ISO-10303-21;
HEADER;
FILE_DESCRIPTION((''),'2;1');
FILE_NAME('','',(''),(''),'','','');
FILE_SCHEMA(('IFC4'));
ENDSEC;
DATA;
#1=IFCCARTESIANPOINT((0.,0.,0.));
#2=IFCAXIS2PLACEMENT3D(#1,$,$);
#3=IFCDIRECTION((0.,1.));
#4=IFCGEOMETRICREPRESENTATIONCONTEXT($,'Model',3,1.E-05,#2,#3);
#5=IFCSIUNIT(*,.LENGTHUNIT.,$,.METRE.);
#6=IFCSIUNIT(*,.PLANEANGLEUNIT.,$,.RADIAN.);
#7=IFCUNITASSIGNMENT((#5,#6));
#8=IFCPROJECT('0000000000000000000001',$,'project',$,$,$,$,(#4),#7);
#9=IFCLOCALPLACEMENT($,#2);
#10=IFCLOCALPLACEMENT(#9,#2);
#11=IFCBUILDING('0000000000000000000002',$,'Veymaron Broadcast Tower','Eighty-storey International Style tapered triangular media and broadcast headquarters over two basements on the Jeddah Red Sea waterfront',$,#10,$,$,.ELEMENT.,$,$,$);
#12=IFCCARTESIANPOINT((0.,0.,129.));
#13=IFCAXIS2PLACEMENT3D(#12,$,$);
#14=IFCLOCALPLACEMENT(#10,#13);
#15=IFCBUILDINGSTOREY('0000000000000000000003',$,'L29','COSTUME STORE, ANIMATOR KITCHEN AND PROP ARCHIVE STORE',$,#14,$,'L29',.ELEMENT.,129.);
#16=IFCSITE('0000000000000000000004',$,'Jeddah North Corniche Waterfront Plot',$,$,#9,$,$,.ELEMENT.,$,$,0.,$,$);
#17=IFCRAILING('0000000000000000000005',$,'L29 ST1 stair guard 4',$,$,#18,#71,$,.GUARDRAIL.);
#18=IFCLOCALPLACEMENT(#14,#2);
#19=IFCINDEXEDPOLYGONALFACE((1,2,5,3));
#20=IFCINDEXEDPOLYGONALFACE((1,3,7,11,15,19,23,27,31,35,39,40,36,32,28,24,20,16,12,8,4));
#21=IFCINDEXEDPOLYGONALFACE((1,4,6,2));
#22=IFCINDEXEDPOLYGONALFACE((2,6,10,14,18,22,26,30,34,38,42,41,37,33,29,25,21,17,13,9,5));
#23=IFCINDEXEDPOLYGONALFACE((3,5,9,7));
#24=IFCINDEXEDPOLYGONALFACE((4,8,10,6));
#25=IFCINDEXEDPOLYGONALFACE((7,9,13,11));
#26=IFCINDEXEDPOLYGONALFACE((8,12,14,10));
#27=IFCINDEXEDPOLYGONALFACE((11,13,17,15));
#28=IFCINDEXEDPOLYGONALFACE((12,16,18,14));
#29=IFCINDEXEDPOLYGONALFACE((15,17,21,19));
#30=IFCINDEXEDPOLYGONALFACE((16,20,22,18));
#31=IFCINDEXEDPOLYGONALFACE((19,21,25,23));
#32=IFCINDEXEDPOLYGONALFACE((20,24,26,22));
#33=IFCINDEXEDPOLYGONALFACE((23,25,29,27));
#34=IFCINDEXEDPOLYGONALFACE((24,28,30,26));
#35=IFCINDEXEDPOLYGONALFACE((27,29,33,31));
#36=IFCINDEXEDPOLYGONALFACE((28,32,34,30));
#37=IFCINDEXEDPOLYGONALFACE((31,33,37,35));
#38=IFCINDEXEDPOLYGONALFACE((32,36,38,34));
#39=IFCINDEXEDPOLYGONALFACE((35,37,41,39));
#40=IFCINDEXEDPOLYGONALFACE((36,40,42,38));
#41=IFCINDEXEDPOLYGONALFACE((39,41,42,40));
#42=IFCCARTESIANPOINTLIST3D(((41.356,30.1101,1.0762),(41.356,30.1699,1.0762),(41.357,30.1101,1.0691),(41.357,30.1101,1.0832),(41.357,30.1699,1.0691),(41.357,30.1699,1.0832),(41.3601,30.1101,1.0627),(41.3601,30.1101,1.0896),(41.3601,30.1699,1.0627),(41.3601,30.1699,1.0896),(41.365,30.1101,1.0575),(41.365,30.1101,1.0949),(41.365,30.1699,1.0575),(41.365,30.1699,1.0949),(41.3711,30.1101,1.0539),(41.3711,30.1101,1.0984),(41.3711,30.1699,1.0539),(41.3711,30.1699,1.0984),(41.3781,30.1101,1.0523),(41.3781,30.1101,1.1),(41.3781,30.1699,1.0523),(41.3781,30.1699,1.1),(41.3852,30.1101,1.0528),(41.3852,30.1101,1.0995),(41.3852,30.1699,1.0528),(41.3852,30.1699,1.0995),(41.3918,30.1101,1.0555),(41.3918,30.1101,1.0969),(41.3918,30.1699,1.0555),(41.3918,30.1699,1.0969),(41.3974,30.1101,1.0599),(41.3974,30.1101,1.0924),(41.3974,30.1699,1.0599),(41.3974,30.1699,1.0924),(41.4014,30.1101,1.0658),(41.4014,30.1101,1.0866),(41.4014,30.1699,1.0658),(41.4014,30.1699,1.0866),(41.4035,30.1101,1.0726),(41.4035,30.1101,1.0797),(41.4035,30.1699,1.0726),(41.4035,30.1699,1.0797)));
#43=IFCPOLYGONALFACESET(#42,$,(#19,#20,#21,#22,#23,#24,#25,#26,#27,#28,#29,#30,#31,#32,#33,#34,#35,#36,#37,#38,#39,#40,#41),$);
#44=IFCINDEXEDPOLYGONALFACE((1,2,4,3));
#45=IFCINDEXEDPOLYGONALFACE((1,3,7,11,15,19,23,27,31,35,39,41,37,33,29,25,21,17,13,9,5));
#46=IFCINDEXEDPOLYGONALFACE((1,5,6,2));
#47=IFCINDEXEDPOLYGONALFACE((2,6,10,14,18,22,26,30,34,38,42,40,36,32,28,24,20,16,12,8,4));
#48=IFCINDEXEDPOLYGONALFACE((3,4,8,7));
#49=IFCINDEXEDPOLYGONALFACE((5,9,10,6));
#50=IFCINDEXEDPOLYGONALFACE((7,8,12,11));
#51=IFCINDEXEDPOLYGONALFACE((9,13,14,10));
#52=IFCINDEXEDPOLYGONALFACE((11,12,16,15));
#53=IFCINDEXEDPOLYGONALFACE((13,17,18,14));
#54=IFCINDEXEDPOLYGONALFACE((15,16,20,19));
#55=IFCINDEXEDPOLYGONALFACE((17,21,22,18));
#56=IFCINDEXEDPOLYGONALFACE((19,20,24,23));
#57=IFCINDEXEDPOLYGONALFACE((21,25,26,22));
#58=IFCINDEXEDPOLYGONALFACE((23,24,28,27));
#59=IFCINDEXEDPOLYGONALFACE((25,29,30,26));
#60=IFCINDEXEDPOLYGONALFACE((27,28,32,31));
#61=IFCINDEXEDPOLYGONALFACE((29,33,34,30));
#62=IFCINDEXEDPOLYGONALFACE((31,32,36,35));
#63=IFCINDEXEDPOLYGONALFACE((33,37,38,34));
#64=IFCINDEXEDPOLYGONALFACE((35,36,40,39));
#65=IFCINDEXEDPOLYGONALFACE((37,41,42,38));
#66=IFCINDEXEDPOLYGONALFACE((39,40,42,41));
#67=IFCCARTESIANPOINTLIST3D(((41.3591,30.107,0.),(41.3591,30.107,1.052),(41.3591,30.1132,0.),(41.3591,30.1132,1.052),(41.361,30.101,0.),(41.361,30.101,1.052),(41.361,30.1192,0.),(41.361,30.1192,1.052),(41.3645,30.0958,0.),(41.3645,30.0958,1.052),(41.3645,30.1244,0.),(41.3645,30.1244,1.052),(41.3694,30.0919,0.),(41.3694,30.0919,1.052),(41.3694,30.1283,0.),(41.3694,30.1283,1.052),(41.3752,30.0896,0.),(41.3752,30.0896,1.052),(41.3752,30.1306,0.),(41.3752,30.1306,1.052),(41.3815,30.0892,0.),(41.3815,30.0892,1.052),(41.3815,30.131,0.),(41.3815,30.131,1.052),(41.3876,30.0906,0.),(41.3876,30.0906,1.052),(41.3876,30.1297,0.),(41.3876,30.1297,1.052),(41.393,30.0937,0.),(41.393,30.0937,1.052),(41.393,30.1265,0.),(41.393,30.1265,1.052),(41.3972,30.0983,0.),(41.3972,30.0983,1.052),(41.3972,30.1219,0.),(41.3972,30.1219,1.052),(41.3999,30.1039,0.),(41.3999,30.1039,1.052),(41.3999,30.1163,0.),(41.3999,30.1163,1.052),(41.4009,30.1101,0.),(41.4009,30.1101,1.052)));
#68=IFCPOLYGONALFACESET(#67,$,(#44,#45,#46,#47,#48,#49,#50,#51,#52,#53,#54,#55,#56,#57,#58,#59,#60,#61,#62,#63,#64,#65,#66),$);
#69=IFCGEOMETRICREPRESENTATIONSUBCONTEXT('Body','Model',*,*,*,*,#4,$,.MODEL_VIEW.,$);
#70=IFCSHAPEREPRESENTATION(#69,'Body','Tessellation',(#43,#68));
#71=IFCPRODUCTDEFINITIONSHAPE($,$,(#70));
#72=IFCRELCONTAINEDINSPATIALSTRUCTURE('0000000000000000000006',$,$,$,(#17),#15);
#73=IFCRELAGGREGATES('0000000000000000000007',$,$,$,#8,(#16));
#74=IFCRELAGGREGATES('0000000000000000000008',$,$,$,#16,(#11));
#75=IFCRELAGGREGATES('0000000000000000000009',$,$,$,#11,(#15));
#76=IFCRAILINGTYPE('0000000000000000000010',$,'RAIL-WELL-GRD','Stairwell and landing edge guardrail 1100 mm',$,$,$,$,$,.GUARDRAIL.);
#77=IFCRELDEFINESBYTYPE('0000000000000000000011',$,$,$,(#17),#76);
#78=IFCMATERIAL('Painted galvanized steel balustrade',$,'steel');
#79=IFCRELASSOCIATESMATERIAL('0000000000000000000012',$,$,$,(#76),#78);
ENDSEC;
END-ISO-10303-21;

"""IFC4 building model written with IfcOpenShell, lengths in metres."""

from ifc_helpers import new_model, si_unit, direction, frame, origin, origin_2d, place, context, subcontext, project, spatial, circle, extrude, material, type_object, element, save


model = new_model("IFC4")

# Units and contexts
model_context = context("Model", 3, precision=1e-05, world=origin(), true_north=direction((0.0, 1.0)))
body_context = subcontext(model_context, "Body", "Model", "MODEL_VIEW")
ifc_project = project(units=[si_unit("LENGTHUNIT", "METRE"), si_unit("PLANEANGLEUNIT", "RADIAN")], contexts=[model_context])

# Site, building, storey
site_placement = place(None, origin())
site = spatial("IfcSite", under=ifc_project, at=site_placement, Name="Jeddah North Corniche Waterfront Plot", CompositionType="ELEMENT", RefElevation=0.0)
building_placement = place(site_placement, origin())
building = spatial("IfcBuilding", under=site, at=building_placement, Name="Veymaron Broadcast Tower", Description="Eighty-storey International Style tapered triangular media and broadcast headquarters over two basements on the Jeddah Red Sea waterfront", CompositionType="ELEMENT")
storey_placement = place(building_placement, frame((0.0, 0.0, 129.0)))
storey = spatial("IfcBuildingStorey", under=building, at=storey_placement, Name="L29", Description="COSTUME STORE, ANIMATOR KITCHEN AND PROP ARCHIVE STORE", LongName="L29", CompositionType="ELEMENT", Elevation=129.0)

# Railing
ifc_material_1 = material(Name="Painted galvanized steel balustrade", Category="steel")
railing_type_1 = type_object("IfcRailingType", Name="RAIL-WELL-GRD", Description="Stairwell and landing edge guardrail 1100 mm", PredefinedType="GUARDRAIL", material=ifc_material_1)
railing_1_placement = place(storey_placement, frame((41.3799, 30.1101, 0.0)))
element("IfcRailing", 1, at=railing_1_placement, inside=storey, type_object=railing_type_1, Name="L29 ST1 stair guard 4", PredefinedType="GUARDRAIL", context=body_context, shape_type="SweptSolid", body=[
    extrude(circle(Radius=0.0239, at=origin_2d()), frame((0.0, 0.0, 1.0762), z_axis=(0.0, 1.0, 0.0), x_axis=(-1.0, 0.0, 0.0)), (0.0, 0.0, 1.0), 0.0598),
    extrude(circle(Radius=0.021, at=origin_2d()), origin(), (0.0, 0.0, 1.0), 1.052),
])

save(model, "model.ifc")
